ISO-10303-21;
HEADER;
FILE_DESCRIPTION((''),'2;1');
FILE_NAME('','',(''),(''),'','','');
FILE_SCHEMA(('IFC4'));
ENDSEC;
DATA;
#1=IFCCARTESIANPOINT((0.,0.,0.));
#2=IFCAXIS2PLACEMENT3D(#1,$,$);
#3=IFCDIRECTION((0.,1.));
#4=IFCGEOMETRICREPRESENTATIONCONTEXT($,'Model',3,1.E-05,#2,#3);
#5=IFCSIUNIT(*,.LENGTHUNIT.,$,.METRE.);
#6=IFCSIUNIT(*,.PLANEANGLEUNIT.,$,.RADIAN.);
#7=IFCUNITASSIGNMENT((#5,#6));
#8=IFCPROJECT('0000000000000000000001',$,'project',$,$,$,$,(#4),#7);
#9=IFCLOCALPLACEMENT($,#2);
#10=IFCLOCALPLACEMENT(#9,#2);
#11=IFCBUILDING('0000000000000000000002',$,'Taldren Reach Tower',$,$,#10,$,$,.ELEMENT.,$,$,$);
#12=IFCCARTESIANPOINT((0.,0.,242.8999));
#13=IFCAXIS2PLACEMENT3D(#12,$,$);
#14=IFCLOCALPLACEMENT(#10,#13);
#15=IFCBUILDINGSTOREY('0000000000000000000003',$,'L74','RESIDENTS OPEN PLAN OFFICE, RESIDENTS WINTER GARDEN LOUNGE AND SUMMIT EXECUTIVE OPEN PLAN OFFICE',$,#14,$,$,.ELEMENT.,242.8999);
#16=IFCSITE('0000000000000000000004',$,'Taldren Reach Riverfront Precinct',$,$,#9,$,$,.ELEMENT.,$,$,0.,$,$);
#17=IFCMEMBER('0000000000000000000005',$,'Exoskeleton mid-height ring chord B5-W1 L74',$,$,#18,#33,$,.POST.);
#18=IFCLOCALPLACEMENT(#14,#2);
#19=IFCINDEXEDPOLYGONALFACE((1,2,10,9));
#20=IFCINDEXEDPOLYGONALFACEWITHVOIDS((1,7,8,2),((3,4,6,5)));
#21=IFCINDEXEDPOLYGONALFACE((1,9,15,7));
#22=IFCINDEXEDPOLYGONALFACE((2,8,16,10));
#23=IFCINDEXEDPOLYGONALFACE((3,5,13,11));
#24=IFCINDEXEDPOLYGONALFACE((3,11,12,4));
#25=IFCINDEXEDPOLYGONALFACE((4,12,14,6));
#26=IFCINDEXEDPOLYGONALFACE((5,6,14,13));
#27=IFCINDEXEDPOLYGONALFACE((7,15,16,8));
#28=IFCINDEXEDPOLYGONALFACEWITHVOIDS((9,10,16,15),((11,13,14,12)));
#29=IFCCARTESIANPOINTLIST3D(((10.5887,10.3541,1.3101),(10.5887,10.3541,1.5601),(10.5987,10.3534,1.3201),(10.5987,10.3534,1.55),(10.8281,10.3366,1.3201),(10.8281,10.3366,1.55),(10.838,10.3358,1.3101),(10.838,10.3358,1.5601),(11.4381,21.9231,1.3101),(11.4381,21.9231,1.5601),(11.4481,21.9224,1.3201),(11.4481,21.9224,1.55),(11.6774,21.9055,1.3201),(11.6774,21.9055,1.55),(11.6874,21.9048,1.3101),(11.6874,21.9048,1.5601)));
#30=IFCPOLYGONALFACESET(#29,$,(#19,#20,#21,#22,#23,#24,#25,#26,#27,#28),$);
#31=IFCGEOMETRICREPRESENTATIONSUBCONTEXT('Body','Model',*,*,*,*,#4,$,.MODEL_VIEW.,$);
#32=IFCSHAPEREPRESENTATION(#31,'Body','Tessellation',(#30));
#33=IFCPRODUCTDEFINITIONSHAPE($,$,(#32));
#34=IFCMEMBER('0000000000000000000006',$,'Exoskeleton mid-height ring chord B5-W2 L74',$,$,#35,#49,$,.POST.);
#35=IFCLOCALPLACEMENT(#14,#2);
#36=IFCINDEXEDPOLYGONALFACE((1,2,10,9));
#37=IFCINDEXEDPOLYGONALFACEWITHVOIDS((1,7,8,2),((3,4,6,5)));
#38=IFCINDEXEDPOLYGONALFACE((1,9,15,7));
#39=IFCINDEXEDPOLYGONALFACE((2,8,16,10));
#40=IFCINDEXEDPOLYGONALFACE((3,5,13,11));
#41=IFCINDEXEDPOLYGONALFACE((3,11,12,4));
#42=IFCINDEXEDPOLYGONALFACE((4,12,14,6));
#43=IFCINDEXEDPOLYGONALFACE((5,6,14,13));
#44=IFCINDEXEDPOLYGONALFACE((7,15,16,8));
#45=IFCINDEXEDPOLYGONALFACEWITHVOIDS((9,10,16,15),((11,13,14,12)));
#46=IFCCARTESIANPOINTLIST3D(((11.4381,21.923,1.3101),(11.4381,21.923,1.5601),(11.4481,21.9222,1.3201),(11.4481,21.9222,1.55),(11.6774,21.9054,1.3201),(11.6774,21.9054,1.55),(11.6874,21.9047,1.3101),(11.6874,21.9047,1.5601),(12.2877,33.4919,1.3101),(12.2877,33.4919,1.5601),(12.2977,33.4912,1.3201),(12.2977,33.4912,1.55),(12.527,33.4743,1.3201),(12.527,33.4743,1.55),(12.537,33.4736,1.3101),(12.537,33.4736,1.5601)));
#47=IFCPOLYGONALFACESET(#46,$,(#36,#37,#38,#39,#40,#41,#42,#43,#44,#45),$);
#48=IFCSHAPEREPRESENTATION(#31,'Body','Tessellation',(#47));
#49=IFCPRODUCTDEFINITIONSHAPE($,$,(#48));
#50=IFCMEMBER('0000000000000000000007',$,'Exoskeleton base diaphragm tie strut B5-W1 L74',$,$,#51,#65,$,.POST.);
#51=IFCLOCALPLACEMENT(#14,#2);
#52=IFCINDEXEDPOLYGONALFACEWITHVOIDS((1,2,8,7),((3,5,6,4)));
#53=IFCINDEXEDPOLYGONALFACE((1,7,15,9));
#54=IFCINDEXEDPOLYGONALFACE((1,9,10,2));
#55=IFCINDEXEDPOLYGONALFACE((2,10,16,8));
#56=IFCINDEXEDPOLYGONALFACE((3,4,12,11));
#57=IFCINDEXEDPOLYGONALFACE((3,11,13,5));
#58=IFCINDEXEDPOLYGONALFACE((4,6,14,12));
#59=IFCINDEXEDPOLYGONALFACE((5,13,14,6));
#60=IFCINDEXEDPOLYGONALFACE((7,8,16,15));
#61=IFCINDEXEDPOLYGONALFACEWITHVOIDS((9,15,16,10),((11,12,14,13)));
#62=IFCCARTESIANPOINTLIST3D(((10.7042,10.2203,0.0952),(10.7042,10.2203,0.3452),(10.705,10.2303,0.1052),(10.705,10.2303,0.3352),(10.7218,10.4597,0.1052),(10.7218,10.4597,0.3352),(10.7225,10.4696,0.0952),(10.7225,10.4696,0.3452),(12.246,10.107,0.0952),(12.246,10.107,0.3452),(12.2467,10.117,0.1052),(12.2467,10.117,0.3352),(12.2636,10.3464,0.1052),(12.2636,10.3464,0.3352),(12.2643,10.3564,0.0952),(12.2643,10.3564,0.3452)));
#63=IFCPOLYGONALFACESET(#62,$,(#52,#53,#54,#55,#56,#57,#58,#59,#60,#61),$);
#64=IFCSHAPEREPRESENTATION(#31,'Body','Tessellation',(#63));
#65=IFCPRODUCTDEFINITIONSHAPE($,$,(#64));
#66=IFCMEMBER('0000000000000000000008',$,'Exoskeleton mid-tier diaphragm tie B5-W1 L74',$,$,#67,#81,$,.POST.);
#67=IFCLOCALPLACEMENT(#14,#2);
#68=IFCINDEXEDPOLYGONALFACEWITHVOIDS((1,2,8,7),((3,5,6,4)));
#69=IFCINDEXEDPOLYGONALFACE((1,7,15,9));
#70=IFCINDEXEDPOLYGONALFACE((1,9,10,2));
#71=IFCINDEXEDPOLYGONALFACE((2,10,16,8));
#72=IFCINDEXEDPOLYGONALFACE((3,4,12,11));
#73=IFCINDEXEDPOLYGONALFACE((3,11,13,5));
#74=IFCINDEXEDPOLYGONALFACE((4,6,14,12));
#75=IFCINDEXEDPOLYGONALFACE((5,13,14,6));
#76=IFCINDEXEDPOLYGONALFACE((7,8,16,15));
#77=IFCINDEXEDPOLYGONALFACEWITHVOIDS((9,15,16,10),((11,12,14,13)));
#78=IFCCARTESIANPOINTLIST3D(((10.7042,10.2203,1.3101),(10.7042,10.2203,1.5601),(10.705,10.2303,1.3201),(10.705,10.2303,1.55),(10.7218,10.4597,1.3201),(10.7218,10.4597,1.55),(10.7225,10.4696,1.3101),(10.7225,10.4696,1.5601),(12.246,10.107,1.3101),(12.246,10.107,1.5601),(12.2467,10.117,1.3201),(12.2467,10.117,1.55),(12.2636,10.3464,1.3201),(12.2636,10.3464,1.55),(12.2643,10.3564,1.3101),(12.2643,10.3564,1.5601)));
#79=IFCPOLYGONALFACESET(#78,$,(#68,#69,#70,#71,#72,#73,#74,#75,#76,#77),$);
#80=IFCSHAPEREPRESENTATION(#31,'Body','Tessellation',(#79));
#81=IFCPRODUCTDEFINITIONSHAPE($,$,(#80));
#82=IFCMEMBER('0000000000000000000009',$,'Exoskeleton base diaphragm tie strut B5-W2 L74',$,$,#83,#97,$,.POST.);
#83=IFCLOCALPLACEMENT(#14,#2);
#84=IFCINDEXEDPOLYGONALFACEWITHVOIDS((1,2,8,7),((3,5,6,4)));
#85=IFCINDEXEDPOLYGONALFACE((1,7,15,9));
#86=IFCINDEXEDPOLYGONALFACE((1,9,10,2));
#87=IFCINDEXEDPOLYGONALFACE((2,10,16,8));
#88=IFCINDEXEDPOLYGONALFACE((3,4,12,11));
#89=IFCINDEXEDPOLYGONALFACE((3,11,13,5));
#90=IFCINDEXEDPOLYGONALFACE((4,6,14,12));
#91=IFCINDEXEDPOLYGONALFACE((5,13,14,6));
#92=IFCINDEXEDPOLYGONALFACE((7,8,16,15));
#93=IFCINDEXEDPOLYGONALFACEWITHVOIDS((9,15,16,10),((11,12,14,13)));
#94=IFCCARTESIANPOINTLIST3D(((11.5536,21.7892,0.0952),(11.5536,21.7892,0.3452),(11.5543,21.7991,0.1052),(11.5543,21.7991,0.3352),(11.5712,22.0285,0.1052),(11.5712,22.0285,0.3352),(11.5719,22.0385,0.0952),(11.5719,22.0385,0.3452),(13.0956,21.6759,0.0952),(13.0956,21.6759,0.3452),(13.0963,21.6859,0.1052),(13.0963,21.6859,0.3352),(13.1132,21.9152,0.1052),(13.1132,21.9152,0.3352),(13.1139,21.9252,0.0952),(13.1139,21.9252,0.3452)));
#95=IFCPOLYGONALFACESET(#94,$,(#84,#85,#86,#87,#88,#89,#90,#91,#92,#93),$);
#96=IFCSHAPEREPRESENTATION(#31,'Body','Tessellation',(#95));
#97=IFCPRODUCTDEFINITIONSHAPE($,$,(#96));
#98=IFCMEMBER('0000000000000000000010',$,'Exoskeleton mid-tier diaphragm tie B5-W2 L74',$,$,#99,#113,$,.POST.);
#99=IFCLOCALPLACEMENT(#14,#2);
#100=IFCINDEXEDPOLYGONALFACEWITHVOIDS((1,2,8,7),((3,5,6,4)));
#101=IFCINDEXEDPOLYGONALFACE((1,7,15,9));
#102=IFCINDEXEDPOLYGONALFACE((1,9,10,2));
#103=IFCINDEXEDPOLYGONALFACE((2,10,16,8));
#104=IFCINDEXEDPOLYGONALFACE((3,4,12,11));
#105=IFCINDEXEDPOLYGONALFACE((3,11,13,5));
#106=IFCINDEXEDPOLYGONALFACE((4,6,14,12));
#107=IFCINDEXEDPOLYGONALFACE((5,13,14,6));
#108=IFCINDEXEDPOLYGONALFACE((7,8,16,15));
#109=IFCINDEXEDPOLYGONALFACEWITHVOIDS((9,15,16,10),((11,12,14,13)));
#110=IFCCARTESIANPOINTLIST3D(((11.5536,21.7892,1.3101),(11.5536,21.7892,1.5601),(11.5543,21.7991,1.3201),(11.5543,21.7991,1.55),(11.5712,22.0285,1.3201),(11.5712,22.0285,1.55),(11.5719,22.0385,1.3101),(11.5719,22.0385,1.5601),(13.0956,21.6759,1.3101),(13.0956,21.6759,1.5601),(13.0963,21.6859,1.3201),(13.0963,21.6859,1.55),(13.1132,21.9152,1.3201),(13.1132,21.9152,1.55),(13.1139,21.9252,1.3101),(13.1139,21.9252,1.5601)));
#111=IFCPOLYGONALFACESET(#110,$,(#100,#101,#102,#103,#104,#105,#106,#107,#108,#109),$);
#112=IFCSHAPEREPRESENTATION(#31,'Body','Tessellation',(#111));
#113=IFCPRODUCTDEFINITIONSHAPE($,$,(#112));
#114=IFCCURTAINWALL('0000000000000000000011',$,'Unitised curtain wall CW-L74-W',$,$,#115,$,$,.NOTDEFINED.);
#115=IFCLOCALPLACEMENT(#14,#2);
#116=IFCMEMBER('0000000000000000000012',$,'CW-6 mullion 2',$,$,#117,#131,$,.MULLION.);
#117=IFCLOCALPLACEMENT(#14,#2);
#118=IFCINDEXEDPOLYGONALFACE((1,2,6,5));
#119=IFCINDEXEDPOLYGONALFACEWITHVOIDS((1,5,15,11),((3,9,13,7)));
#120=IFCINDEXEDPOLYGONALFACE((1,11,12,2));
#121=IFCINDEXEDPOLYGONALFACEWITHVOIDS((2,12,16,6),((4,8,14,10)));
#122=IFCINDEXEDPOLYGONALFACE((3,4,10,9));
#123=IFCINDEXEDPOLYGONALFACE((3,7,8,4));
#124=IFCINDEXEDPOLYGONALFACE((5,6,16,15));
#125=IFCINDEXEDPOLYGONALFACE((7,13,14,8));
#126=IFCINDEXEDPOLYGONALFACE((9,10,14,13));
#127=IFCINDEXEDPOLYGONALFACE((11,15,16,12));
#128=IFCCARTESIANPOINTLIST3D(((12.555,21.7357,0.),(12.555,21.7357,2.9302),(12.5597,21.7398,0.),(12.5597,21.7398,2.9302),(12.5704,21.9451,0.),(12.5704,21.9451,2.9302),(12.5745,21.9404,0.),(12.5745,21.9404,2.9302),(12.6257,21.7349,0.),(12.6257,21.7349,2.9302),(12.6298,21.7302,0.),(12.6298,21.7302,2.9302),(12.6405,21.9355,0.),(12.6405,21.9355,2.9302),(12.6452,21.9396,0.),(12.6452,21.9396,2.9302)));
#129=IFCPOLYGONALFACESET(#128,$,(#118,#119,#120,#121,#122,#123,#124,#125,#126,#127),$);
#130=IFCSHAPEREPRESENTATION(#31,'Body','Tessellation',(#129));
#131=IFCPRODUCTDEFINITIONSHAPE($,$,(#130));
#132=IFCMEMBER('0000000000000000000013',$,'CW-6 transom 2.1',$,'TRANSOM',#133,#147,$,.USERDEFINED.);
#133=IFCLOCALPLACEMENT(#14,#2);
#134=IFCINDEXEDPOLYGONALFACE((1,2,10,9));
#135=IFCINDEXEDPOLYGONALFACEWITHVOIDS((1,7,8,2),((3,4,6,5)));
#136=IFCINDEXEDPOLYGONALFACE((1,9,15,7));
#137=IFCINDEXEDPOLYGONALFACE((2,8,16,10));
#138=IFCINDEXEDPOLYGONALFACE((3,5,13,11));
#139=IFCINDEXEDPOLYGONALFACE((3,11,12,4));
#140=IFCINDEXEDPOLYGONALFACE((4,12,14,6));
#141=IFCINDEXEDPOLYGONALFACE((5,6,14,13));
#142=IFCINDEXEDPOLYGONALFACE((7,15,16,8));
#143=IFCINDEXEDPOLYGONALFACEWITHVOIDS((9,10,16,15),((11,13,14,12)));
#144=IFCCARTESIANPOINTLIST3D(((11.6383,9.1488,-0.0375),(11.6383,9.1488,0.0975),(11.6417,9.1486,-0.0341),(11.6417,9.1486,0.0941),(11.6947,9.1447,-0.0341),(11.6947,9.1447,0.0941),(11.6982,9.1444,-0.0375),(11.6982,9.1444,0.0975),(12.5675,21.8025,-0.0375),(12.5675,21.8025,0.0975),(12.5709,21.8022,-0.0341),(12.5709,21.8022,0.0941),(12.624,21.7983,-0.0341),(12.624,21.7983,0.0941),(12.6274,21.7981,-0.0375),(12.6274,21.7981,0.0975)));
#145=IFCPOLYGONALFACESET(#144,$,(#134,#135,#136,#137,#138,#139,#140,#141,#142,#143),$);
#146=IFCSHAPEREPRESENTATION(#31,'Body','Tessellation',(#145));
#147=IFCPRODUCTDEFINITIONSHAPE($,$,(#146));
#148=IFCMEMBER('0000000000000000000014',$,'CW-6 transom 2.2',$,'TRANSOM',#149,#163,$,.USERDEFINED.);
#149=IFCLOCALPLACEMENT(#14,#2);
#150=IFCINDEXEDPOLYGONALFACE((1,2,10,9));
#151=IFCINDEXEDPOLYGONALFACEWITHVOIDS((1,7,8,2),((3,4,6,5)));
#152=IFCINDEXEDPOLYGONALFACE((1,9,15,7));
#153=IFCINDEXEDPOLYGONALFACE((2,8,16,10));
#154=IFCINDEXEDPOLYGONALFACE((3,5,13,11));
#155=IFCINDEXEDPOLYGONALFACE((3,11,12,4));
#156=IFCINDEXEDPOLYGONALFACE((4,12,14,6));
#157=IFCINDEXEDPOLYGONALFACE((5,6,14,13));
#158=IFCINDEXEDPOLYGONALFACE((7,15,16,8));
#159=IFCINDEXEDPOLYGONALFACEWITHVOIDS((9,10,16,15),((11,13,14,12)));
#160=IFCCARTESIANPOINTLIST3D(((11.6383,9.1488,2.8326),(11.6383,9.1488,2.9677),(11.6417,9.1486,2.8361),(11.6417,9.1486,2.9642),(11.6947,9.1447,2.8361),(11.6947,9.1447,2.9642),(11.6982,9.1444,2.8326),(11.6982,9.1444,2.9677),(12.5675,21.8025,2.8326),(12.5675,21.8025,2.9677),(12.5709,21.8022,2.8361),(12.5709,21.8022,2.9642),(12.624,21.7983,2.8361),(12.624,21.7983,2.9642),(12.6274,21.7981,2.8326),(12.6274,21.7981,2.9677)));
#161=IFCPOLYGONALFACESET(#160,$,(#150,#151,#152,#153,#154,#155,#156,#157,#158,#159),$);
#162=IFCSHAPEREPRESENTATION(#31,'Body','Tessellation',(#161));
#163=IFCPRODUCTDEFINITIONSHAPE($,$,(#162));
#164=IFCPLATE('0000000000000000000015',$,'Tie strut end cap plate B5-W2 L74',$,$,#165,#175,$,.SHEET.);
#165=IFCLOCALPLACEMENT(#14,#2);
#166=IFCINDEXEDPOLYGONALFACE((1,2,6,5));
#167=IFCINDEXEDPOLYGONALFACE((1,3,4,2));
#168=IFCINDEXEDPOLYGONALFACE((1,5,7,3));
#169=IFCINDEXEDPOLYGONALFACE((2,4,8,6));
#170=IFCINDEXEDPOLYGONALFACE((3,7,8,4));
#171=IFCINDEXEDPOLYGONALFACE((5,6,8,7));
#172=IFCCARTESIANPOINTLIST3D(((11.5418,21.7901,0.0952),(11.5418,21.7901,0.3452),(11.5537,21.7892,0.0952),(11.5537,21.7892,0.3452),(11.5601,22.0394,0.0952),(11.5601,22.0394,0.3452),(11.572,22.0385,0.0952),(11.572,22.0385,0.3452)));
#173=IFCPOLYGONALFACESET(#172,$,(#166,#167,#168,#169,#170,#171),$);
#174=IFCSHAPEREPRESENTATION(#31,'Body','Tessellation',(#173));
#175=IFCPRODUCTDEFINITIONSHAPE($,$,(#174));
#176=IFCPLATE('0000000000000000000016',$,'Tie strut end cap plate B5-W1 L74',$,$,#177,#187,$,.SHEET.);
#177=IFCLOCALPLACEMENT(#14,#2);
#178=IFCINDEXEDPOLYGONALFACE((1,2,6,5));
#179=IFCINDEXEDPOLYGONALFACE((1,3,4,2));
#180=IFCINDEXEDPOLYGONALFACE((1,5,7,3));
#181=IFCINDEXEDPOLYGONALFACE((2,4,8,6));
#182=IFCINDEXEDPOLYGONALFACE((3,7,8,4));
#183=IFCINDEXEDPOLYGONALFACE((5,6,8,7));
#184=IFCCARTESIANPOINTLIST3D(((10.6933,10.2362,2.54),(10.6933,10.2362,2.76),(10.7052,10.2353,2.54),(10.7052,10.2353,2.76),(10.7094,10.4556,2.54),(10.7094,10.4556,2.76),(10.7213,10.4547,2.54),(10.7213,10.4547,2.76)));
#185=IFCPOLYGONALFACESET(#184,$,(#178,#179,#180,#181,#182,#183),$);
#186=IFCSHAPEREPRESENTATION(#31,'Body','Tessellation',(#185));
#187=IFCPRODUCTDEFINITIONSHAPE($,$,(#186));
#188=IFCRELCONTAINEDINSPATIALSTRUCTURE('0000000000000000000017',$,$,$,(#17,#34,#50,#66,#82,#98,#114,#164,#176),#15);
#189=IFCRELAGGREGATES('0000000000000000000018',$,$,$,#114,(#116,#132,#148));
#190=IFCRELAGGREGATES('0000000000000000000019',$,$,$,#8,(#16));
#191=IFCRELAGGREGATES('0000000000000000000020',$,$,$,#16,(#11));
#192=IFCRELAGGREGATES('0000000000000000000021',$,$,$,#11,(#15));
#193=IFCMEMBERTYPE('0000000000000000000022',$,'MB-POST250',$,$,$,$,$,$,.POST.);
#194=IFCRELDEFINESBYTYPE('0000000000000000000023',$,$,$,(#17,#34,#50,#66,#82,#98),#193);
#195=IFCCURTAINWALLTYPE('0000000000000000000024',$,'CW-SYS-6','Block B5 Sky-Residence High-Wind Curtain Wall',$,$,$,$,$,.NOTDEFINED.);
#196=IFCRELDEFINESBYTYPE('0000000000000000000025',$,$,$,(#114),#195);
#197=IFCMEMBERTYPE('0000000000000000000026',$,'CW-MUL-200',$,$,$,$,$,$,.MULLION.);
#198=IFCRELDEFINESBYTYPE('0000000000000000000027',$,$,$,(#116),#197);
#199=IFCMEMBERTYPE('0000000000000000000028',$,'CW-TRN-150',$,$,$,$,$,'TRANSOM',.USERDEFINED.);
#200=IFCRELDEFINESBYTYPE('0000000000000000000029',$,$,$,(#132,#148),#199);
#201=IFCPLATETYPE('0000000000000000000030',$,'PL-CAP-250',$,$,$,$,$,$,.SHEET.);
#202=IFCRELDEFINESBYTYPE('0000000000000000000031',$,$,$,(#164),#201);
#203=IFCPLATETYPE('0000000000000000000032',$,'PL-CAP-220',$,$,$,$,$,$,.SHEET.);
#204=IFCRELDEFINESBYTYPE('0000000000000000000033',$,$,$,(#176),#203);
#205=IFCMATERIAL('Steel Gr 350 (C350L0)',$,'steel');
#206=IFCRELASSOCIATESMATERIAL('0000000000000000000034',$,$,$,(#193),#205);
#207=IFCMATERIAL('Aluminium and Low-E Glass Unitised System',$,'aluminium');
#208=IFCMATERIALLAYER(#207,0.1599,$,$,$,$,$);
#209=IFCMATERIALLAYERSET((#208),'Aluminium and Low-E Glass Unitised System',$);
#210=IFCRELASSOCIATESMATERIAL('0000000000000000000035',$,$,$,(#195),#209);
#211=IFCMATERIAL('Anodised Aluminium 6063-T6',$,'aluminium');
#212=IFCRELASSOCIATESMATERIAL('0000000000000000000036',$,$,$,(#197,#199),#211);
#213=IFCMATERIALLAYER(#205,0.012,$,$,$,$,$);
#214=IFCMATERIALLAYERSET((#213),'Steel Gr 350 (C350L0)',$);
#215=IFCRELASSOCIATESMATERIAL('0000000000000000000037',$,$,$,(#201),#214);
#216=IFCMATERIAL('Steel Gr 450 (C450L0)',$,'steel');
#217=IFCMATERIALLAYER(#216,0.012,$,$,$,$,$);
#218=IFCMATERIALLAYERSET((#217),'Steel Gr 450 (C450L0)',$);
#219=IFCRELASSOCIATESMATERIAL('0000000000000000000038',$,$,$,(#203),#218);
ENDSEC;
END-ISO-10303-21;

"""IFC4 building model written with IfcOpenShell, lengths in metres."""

from ifc_helpers import new_model, si_unit, direction, frame, origin, origin_2d, place, context, subcontext, project, spatial, rectangle, hollow_rectangle, extrude, source, transform, mapped, material, layer, layer_set, material_profile, profile_set, type_object, element, aggregate, save


model = new_model("IFC4")

# Units and contexts
model_context = context("Model", 3, precision=1e-05, world=origin(), true_north=direction((0.0, 1.0)))
body_context = subcontext(model_context, "Body", "Model", "MODEL_VIEW")
ifc_project = project(units=[si_unit("LENGTHUNIT", "METRE"), si_unit("PLANEANGLEUNIT", "RADIAN")], contexts=[model_context])

# Site, building, storey
site_placement = place(None, origin())
site = spatial("IfcSite", under=ifc_project, at=site_placement, Name="Taldren Reach Riverfront Precinct", CompositionType="ELEMENT", RefElevation=0.0)
building_placement = place(site_placement, origin())
building = spatial("IfcBuilding", under=site, at=building_placement, Name="Taldren Reach Tower", CompositionType="ELEMENT")
storey_placement = place(building_placement, frame((0.0, 0.0, 242.8999)))
storey = spatial("IfcBuildingStorey", under=building, at=storey_placement, Name="L74", Description="RESIDENTS OPEN PLAN OFFICE, RESIDENTS WINTER GARDEN LOUNGE AND SUMMIT EXECUTIVE OPEN PLAN OFFICE", CompositionType="ELEMENT", Elevation=242.8999)

# Shared definitions
ifc_material_1 = material(Name="Steel Gr 450 (C450L0)", Category="steel")

# Members
ifc_material_2 = material(Name="Steel Gr 350 (C350L0)", Category="steel")
ifc_material_profile_1 = material_profile(ifc_material_2, hollow_rectangle(XDim=0.25, YDim=0.25, WallThickness=0.01, at=origin_2d()), Name="250x250x10.0SHS")
ifc_profile_set_1 = profile_set([ifc_material_profile_1], Name="Steel Gr 350 (C350L0)")
member_type_1 = type_object("IfcMemberType", Name="MB-POST250", PredefinedType="POST", material=ifc_profile_set_1)
shared_shape_1 = source(origin(), body_context, "Body", "SweptSolid", [
    extrude(hollow_rectangle(XDim=0.25, YDim=0.25, WallThickness=0.01, at=origin_2d()), origin(), (0.0, 0.0, 1.0), 11.6001),
])
for number, where, z_axis, x_axis, name in (
    (1, (10.7134, 10.345, 1.4351), (0.073221, 0.997316, 0.0), (-0.997316, 0.073221, 0.0), "Exoskeleton mid-height ring chord B5-W1 L74"),
    (2, (11.5627, 21.9138, 1.4351), (0.073242, 0.997314, 0.0), (-0.997314, 0.073242, 0.0), "Exoskeleton mid-height ring chord B5-W2 L74"),
):
    element("IfcMember", number, at=place(storey_placement, frame(where, z_axis=z_axis, x_axis=x_axis)), inside=storey, type_object=member_type_1, Name=name, PredefinedType="POST", context=body_context, shape_type="MappedRepresentation", body=[
        mapped(shared_shape_1, transform((0.0, 0.0, 0.0), scale=1.0)),
    ])
shared_shape_2 = source(origin(), body_context, "Body", "SweptSolid", [
    extrude(hollow_rectangle(XDim=0.25, YDim=0.25, WallThickness=0.01, at=origin_2d()), origin(), (0.0, 0.0, 1.0), 1.5459),
])
for number, where, z_axis, x_axis, name in (
    (3, (12.2551, 10.2317, 0.2202), (-0.997312, 0.073278, 0.0), (-0.073278, -0.997312, 0.0), "Exoskeleton base diaphragm tie strut B5-W1 L74"),
    (4, (12.2551, 10.2317, 1.4351), (-0.997312, 0.073278, 0.0), (-0.073278, -0.997312, 0.0), "Exoskeleton mid-tier diaphragm tie B5-W1 L74"),
):
    element("IfcMember", number, at=place(storey_placement, frame(where, z_axis=z_axis, x_axis=x_axis)), inside=storey, type_object=member_type_1, Name=name, PredefinedType="POST", context=body_context, shape_type="MappedRepresentation", body=[
        mapped(shared_shape_2, transform((0.0, 0.0, 0.0), scale=1.0)),
    ])
shared_shape_3 = source(origin(), body_context, "Body", "SweptSolid", [
    extrude(hollow_rectangle(XDim=0.25, YDim=0.25, WallThickness=0.01, at=origin_2d()), origin(), (0.0, 0.0, 1.0), 1.5461),
])
for number, where, z_axis, x_axis, name in (
    (5, (13.1047, 21.8005, 0.2202), (-0.997312, 0.073267, 0.0), (-0.073267, -0.997312, 0.0), "Exoskeleton base diaphragm tie strut B5-W2 L74"),
    (6, (13.1047, 21.8005, 1.4351), (-0.997312, 0.073267, 0.0), (-0.073267, -0.997312, 0.0), "Exoskeleton mid-tier diaphragm tie B5-W2 L74"),
):
    element("IfcMember", number, at=place(storey_placement, frame(where, z_axis=z_axis, x_axis=x_axis)), inside=storey, type_object=member_type_1, Name=name, PredefinedType="POST", context=body_context, shape_type="MappedRepresentation", body=[
        mapped(shared_shape_3, transform((0.0, 0.0, 0.0), scale=1.0)),
    ])

# Curtain wall, members
ifc_material_3 = material(Name="Aluminium and Low-E Glass Unitised System", Category="aluminium")
ifc_layer_1 = layer(ifc_material_3, 0.1599)
ifc_layer_set_1 = layer_set([ifc_layer_1], Name="Aluminium and Low-E Glass Unitised System")
curtain_wall_type = type_object("IfcCurtainWallType", Name="CW-SYS-6", Description="Block B5 Sky-Residence High-Wind Curtain Wall", PredefinedType="NOTDEFINED", material=ifc_layer_set_1)
curtain_wall_placement = place(storey_placement, origin())
curtain_wall = element("IfcCurtainWall", 7, at=curtain_wall_placement, inside=storey, type_object=curtain_wall_type, Name="Unitised curtain wall CW-L74-W", PredefinedType="NOTDEFINED")
ifc_material_4 = material(Name="Anodised Aluminium 6063-T6", Category="aluminium")
ifc_material_profile_2 = material_profile(ifc_material_4, hollow_rectangle(XDim=0.075, YDim=0.21, WallThickness=0.0044, at=origin_2d()), Name="ALU-210x75x4.5RHS")
ifc_profile_set_2 = profile_set([ifc_material_profile_2], Name="Anodised Aluminium 6063-T6")
member_type_2 = type_object("IfcMemberType", Name="CW-MUL-200", PredefinedType="MULLION", material=ifc_profile_set_2)
shared_shape_4 = source(origin(), body_context, "Body", "SweptSolid", [
    extrude(hollow_rectangle(XDim=0.075, YDim=0.21, WallThickness=0.0044, at=origin_2d()), origin(), (0.0, 0.0, 1.0), 2.9302),
])
member_1_placement = place(storey_placement, frame((12.6001, 21.8376, 0.0), z_axis=(0.0, 0.0, 1.0), x_axis=(0.997314, -0.073238, 0.0)))
member_1 = element("IfcMember", 8, at=member_1_placement, type_object=member_type_2, Name="CW-6 mullion 2", PredefinedType="MULLION", context=body_context, shape_type="MappedRepresentation", body=[
    mapped(shared_shape_4, transform((0.0, 0.0, 0.0), scale=1.0)),
])
ifc_material_profile_3 = material_profile(ifc_material_4, hollow_rectangle(XDim=0.0601, YDim=0.135, WallThickness=0.0034, at=origin_2d()), Name="ALU-135x60x3.5RHS")
ifc_profile_set_3 = profile_set([ifc_material_profile_3], Name="Anodised Aluminium 6063-T6")
member_type_3 = type_object("IfcMemberType", Name="CW-TRN-150", ElementType="TRANSOM", PredefinedType="USERDEFINED", material=ifc_profile_set_3)
shared_shape_5 = source(origin(), body_context, "Body", "SweptSolid", [
    extrude(hollow_rectangle(XDim=0.0601, YDim=0.135, WallThickness=0.0034, at=origin_2d()), origin(), (0.0, 0.0, 1.0), 12.6877),
])
member_2_placement = place(storey_placement, frame((12.5974, 21.8003, 0.03), z_axis=(-0.073237, -0.997315, 0.0), x_axis=(0.997315, -0.073237, 0.0)))
member_2 = element("IfcMember", 9, at=member_2_placement, type_object=member_type_3, Name="CW-6 transom 2.1", ObjectType="TRANSOM", PredefinedType="USERDEFINED", context=body_context, shape_type="MappedRepresentation", body=[
    mapped(shared_shape_5, transform((0.0, 0.0, 0.0), scale=1.0)),
])
member_3_placement = place(storey_placement, frame((12.5974, 21.8003, 2.9001), z_axis=(-0.073237, -0.997315, 0.0), x_axis=(0.997315, -0.073237, 0.0)))
member_3 = element("IfcMember", 10, at=member_3_placement, type_object=member_type_3, Name="CW-6 transom 2.2", ObjectType="TRANSOM", PredefinedType="USERDEFINED", context=body_context, shape_type="MappedRepresentation", body=[
    mapped(shared_shape_5, transform((0.0, 0.0, 0.0), scale=1.0)),
])

# Plates
ifc_layer_2 = layer(ifc_material_2, 0.012)
ifc_layer_set_2 = layer_set([ifc_layer_2], Name="Steel Gr 350 (C350L0)")
plate_type_1 = type_object("IfcPlateType", Name="PL-CAP-250", PredefinedType="SHEET", material=ifc_layer_set_2)
shared_shape_6 = source(origin(), body_context, "Body", "SweptSolid", [
    extrude(rectangle(XDim=0.012, YDim=0.25, at=origin_2d()), origin(), (0.0, 0.0, 1.0), 0.25),
])
plate_1_placement = place(storey_placement, frame((11.5569, 21.9143, 0.0952), z_axis=(0.0, 0.0, 1.0), x_axis=(0.997314, -0.073238, 0.0)))
element("IfcPlate", 11, at=plate_1_placement, inside=storey, type_object=plate_type_1, Name="Tie strut end cap plate B5-W2 L74", PredefinedType="SHEET", context=body_context, shape_type="MappedRepresentation", body=[
    mapped(shared_shape_6, transform((0.0, 0.0, 0.0), scale=1.0)),
])
ifc_layer_3 = layer(ifc_material_1, 0.012)
ifc_layer_set_3 = layer_set([ifc_layer_3], Name="Steel Gr 450 (C450L0)")
plate_type_2 = type_object("IfcPlateType", Name="PL-CAP-220", PredefinedType="SHEET", material=ifc_layer_set_3)
shared_shape_7 = source(origin(), body_context, "Body", "SweptSolid", [
    extrude(rectangle(XDim=0.012, YDim=0.22, at=origin_2d()), origin(), (0.0, 0.0, 1.0), 0.22),
])
plate_2_placement = place(storey_placement, frame((10.7073, 10.3455, 2.54), z_axis=(0.0, 0.0, 1.0), x_axis=(0.997314, -0.073238, 0.0)))
element("IfcPlate", 12, at=plate_2_placement, inside=storey, type_object=plate_type_2, Name="Tie strut end cap plate B5-W1 L74", PredefinedType="SHEET", context=body_context, shape_type="MappedRepresentation", body=[
    mapped(shared_shape_7, transform((0.0, 0.0, 0.0), scale=1.0)),
])

aggregate(curtain_wall, [member_1, member_2, member_3])

save(model, "model.ifc")
